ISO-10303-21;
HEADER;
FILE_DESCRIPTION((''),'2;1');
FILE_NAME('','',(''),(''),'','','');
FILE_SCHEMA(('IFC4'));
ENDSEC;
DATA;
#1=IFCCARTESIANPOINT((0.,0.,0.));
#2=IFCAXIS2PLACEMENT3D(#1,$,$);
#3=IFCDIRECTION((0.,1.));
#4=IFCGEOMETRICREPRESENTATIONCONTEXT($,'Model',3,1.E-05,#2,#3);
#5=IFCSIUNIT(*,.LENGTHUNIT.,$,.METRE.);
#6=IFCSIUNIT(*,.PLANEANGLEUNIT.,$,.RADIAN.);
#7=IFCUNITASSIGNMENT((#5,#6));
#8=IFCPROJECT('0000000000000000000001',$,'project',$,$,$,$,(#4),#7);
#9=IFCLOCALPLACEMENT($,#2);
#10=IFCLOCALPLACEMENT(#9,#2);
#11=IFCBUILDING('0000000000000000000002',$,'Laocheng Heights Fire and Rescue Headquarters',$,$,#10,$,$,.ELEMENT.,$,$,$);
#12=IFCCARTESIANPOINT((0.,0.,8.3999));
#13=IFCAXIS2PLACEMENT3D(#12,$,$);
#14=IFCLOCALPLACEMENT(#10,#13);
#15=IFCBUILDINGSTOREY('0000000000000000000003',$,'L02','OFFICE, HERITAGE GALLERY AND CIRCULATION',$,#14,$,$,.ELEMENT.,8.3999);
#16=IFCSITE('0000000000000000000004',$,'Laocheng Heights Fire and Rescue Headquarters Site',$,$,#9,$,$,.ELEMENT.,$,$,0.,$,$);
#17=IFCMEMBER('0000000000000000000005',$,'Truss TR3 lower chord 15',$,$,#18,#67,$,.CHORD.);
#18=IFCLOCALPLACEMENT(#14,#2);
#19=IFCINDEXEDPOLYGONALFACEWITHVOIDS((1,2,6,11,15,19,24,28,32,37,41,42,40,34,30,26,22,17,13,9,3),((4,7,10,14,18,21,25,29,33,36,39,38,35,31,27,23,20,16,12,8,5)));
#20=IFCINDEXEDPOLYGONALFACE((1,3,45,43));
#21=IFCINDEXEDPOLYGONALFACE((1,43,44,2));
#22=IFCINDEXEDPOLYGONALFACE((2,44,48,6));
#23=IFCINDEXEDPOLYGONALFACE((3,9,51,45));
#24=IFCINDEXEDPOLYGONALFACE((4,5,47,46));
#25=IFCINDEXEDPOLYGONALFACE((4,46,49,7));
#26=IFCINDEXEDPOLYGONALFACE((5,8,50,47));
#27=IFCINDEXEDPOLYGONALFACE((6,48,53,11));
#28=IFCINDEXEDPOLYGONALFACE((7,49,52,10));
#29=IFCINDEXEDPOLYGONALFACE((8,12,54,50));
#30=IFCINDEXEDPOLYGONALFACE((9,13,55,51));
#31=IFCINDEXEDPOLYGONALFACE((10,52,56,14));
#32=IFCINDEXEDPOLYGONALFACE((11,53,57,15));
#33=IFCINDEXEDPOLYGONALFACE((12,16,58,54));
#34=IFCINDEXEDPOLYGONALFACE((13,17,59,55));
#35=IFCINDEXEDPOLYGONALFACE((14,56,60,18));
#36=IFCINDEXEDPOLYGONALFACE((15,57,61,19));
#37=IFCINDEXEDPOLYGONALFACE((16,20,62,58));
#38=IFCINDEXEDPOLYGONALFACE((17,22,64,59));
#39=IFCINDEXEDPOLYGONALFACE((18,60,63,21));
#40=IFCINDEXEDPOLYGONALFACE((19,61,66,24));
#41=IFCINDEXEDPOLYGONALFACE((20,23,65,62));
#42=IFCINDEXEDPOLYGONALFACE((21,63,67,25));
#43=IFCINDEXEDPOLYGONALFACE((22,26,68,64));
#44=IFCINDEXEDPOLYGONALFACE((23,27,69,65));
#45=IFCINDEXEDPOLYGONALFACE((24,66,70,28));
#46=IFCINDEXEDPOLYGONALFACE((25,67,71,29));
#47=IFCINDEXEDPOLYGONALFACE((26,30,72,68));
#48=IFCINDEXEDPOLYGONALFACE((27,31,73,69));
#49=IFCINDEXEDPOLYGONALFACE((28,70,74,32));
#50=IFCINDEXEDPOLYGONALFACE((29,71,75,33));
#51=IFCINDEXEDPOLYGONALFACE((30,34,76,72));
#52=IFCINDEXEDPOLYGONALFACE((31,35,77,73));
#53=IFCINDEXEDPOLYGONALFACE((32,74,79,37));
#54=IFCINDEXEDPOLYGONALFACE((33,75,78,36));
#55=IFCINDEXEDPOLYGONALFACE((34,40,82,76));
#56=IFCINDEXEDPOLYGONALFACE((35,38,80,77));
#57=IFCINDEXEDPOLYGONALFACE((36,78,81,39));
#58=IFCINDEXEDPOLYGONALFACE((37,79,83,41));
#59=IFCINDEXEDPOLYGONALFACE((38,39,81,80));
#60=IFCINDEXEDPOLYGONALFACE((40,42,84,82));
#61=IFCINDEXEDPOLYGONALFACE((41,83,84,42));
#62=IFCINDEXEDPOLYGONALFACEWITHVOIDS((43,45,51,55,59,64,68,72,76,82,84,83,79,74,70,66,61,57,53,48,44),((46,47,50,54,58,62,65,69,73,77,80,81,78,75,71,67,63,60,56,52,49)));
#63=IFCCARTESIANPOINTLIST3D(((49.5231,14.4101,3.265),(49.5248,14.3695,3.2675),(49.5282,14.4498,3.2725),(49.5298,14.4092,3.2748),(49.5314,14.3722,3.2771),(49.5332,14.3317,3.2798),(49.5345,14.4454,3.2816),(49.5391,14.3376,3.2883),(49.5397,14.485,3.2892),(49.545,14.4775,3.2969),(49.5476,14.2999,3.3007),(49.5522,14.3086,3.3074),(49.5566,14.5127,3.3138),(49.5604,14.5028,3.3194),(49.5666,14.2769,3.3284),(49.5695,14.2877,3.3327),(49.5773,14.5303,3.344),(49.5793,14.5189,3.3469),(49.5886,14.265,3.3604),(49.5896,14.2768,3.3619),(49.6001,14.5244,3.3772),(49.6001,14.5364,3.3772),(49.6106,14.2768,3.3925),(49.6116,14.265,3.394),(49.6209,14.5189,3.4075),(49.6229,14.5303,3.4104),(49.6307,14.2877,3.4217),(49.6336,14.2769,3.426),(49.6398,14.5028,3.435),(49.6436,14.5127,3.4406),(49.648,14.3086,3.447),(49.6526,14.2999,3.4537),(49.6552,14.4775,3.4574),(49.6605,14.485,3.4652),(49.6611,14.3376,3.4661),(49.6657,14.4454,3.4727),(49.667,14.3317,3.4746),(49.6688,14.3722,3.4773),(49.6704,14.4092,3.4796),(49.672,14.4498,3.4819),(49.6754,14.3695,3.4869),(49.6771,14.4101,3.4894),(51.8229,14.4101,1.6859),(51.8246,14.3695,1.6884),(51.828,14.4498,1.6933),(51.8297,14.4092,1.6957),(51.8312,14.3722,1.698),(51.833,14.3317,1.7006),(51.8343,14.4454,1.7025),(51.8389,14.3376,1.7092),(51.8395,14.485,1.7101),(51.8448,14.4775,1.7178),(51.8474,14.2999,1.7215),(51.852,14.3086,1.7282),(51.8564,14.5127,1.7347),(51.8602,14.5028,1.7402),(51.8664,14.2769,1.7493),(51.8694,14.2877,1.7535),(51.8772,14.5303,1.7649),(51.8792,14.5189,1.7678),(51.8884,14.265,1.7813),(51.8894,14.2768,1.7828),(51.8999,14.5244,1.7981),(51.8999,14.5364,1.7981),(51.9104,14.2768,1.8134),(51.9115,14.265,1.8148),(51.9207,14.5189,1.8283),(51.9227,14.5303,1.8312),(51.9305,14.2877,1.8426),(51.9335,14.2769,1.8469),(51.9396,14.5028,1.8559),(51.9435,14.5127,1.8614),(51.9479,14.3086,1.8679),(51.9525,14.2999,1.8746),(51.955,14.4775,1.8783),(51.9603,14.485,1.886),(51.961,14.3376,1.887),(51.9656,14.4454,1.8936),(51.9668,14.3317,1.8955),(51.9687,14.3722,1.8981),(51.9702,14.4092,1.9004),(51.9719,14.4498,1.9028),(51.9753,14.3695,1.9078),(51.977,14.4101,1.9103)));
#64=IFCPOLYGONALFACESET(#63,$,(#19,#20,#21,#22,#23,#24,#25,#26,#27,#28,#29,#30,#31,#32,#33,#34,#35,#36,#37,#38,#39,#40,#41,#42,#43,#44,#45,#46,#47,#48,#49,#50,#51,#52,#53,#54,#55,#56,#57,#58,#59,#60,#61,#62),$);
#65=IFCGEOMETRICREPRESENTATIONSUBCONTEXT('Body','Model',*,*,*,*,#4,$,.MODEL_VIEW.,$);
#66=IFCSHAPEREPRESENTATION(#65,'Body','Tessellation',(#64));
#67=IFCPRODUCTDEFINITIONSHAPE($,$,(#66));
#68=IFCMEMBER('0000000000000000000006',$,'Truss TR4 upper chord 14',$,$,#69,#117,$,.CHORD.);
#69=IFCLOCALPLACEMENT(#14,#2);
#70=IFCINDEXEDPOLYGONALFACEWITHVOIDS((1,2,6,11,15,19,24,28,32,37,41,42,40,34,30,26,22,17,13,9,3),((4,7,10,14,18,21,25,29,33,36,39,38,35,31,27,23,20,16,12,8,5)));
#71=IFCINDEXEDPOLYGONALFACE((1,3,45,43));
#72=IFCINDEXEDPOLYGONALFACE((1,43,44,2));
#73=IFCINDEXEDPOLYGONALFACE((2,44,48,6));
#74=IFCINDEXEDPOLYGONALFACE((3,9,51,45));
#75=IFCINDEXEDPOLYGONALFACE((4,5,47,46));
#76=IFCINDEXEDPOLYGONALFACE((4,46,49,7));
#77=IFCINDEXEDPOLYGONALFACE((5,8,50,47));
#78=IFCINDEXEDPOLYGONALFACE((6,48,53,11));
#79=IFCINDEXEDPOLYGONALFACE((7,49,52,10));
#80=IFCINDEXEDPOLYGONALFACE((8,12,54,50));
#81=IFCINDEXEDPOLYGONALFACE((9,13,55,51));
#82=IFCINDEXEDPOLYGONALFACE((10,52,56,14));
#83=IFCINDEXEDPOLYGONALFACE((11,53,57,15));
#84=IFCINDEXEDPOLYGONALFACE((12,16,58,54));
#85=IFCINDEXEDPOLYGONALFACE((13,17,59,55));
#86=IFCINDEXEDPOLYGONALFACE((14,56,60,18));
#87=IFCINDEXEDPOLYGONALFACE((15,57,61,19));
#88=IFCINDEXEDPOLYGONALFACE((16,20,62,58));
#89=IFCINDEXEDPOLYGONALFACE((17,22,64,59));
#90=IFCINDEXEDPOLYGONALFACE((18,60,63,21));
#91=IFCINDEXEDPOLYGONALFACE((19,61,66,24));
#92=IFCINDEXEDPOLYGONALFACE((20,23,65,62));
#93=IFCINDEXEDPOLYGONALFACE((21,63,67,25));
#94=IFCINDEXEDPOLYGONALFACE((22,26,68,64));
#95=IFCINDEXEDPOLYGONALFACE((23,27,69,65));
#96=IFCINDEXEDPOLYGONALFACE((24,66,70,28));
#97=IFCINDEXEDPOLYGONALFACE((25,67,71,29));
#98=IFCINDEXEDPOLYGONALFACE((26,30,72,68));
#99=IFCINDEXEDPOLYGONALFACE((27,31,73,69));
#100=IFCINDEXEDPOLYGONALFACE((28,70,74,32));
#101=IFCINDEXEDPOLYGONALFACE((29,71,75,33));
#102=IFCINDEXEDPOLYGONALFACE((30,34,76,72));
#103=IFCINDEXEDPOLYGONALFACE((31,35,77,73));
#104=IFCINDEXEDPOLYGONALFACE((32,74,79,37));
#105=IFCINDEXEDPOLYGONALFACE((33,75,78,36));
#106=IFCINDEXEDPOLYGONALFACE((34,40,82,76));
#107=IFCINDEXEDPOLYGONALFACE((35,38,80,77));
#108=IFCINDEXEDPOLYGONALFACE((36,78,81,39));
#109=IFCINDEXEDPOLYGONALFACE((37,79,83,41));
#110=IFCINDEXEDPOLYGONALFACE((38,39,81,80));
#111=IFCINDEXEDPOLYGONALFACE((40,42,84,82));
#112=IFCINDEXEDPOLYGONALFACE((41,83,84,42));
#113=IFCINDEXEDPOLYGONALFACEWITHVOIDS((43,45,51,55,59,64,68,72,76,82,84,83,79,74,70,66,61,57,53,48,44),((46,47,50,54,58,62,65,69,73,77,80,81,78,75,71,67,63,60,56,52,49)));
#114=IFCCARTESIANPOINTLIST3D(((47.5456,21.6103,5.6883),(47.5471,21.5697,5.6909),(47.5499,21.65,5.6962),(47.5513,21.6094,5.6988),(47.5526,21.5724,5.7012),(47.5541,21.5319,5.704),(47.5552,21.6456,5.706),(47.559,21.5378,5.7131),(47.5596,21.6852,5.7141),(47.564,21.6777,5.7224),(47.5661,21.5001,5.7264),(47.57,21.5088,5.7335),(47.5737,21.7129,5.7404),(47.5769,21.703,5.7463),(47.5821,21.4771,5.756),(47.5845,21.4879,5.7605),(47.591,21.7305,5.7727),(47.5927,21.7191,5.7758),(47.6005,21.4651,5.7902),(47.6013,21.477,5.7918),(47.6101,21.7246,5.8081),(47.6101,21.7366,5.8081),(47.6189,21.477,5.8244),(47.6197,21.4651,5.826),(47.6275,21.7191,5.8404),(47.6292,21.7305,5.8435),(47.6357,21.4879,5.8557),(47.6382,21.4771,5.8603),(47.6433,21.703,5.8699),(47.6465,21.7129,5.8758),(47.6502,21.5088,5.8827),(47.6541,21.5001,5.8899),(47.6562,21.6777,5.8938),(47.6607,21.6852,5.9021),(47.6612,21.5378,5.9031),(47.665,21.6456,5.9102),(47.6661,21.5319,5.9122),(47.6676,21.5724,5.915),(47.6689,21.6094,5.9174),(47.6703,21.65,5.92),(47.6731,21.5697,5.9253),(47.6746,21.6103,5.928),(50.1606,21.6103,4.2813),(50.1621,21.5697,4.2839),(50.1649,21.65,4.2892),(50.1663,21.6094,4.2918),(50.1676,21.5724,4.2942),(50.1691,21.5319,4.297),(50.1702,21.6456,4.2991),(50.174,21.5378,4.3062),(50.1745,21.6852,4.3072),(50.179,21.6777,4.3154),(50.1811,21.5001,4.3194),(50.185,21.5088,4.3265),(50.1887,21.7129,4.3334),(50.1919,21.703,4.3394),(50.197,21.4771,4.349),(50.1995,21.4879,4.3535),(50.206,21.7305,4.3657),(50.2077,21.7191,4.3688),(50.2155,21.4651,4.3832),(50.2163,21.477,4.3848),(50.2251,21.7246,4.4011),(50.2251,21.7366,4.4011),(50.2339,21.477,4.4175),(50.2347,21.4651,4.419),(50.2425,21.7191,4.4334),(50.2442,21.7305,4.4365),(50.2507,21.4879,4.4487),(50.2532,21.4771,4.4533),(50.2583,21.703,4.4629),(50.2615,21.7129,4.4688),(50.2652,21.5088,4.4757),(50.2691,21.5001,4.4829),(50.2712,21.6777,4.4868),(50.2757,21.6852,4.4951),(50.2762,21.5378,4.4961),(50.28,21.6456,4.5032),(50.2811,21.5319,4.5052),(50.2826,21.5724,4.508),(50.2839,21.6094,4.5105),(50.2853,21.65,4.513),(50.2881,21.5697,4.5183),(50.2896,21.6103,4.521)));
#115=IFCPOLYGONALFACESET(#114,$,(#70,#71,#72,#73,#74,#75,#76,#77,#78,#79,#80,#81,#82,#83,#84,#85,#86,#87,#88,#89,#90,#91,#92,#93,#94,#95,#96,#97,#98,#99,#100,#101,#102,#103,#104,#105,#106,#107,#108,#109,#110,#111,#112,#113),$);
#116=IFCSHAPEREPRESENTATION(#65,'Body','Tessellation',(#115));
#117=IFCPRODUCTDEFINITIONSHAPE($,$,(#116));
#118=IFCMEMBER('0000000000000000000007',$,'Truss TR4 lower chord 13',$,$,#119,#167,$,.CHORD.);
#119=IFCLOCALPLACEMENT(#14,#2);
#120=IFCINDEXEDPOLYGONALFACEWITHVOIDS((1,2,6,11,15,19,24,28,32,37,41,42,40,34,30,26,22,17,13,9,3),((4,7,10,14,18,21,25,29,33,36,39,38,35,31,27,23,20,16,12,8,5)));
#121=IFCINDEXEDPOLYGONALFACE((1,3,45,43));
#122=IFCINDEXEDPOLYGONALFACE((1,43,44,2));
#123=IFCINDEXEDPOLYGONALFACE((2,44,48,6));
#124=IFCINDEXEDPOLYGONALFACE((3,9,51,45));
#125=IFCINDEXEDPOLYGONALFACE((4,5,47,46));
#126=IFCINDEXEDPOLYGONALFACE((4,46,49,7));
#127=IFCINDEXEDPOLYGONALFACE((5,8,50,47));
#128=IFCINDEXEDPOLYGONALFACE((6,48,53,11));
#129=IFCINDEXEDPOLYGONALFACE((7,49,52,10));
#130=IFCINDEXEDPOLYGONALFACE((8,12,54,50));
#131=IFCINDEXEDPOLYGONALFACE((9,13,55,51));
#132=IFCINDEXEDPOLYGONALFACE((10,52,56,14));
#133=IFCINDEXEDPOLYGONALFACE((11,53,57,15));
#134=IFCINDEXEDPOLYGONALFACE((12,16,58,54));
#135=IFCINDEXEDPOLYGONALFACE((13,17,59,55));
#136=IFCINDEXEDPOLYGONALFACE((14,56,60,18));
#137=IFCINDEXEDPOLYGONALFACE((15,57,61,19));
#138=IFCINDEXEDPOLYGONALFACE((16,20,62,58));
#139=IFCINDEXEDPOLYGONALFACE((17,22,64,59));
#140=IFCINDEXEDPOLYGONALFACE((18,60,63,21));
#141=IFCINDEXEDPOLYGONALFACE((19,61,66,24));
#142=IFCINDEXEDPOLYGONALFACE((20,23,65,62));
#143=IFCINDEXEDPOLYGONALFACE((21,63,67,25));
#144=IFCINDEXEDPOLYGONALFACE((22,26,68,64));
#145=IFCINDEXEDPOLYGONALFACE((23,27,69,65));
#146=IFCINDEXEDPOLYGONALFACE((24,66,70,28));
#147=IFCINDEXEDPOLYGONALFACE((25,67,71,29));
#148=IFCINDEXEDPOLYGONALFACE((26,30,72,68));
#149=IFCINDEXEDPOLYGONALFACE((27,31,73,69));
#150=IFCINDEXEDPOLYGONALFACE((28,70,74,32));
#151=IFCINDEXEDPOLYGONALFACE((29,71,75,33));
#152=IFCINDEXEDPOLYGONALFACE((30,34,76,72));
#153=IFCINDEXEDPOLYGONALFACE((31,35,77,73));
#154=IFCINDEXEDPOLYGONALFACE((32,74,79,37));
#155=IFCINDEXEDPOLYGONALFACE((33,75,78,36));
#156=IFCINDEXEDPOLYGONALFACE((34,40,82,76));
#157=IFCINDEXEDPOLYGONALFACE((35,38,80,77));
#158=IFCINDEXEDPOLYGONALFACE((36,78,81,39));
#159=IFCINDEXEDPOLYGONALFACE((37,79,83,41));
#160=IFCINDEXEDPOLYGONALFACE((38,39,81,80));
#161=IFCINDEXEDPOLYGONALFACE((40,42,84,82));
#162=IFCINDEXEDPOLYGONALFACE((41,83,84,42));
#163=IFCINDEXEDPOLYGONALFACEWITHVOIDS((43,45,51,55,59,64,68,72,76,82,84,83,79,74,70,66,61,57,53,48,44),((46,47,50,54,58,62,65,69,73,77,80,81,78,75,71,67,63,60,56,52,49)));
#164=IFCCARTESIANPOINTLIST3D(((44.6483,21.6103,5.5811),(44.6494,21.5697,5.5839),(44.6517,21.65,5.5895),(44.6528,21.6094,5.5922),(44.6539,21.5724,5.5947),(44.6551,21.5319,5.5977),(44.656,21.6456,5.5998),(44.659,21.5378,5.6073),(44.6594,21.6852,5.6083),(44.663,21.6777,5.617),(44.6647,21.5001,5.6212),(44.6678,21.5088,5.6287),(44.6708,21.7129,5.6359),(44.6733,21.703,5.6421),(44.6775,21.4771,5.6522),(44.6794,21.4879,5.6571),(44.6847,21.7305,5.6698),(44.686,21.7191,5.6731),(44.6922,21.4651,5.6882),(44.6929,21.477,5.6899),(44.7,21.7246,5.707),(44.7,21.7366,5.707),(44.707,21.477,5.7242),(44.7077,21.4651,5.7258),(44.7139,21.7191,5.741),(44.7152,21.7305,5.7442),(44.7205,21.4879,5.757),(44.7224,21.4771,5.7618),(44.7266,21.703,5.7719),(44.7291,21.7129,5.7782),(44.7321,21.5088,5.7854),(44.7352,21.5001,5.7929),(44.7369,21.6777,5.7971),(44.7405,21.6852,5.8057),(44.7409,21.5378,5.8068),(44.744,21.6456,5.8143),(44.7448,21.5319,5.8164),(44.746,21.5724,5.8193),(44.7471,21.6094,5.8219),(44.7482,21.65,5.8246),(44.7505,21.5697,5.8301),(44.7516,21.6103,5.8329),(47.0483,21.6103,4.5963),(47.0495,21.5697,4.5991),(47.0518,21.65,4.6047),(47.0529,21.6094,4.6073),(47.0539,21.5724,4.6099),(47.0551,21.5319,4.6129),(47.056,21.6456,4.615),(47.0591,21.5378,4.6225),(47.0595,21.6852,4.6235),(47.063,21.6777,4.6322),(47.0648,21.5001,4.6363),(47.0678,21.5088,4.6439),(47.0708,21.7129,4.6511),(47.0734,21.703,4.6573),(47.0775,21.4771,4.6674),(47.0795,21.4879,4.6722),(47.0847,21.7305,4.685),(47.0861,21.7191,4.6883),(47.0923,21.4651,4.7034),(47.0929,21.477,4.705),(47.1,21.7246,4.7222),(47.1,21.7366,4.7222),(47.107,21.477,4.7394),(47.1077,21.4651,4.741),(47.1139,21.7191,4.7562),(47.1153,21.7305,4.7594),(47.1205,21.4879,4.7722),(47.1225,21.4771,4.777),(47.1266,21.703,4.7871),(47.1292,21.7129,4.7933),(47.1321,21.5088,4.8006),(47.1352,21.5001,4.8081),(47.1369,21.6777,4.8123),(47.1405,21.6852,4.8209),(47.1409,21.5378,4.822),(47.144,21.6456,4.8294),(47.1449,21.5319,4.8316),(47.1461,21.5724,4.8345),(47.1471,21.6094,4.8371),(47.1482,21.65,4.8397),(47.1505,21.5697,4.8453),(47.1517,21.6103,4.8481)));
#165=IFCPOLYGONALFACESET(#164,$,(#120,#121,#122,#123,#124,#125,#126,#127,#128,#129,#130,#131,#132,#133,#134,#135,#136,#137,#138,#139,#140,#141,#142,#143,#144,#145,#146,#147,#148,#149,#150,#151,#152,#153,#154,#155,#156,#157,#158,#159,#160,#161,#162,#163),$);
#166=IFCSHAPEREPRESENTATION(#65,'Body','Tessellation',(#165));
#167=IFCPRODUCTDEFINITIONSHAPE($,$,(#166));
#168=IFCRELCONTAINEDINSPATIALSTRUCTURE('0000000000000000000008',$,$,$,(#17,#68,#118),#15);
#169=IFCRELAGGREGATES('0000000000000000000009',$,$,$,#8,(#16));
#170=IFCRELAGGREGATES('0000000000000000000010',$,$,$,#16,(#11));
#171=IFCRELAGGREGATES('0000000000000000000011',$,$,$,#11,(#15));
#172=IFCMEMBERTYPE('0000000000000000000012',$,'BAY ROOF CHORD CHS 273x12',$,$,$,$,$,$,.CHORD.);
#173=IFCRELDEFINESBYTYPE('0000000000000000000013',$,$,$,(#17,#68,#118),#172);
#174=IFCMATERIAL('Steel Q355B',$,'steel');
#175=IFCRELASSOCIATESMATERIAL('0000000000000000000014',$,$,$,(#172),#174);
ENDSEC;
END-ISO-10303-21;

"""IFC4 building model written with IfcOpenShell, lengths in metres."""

from ifc_helpers import new_model, si_unit, direction, frame, origin, origin_2d, place, context, subcontext, project, spatial, hollow_circle, extrude, material, material_profile, profile_set, type_object, element, save


model = new_model("IFC4")

# Units and contexts
model_context = context("Model", 3, precision=1e-05, world=origin(), true_north=direction((0.0, 1.0)))
body_context = subcontext(model_context, "Body", "Model", "MODEL_VIEW")
ifc_project = project(units=[si_unit("LENGTHUNIT", "METRE"), si_unit("PLANEANGLEUNIT", "RADIAN")], contexts=[model_context])

# Site, building, storey
site_placement = place(None, origin())
site = spatial("IfcSite", under=ifc_project, at=site_placement, Name="Laocheng Heights Fire and Rescue Headquarters Site", CompositionType="ELEMENT", RefElevation=0.0)
building_placement = place(site_placement, origin())
building = spatial("IfcBuilding", under=site, at=building_placement, Name="Laocheng Heights Fire and Rescue Headquarters", CompositionType="ELEMENT")
storey_placement = place(building_placement, frame((0.0, 0.0, 8.3999)))
storey = spatial("IfcBuildingStorey", under=building, at=storey_placement, Name="L02", Description="OFFICE, HERITAGE GALLERY AND CIRCULATION", CompositionType="ELEMENT", Elevation=8.3999)

# Members
ifc_material_1 = material(Name="Steel Q355B", Category="steel")
ifc_material_profile_1 = material_profile(ifc_material_1, hollow_circle(Radius=0.1365, WallThickness=0.012, at=origin_2d()), Name="CHS 273x12")
ifc_profile_set_1 = profile_set([ifc_material_profile_1], Name="Steel Q355B")
member_type_1 = type_object("IfcMemberType", Name="BAY ROOF CHORD CHS 273x12", PredefinedType="CHORD", material=ifc_profile_set_1)
member_1_placement = place(storey_placement, frame((49.6001, 14.3999, 3.3772), z_axis=(0.824379, 0.0, -0.566038), x_axis=(0.0, 1.0, 0.0)))
element("IfcMember", 1, at=member_1_placement, inside=storey, type_object=member_type_1, Name="Truss TR3 lower chord 15", PredefinedType="CHORD", context=body_context, shape_type="SweptSolid", body=[
    extrude(hollow_circle(Radius=0.1365, WallThickness=0.012, at=origin_2d()), origin(), (0.0, 0.0, 1.0), 2.7898),
])
member_2_placement = place(storey_placement, frame((47.6101, 21.6001, 5.8081), z_axis=(0.880624, 0.0, -0.473815), x_axis=(0.0, 1.0, 0.0)))
element("IfcMember", 2, at=member_2_placement, inside=storey, type_object=member_type_1, Name="Truss TR4 upper chord 14", PredefinedType="CHORD", context=body_context, shape_type="SweptSolid", body=[
    extrude(hollow_circle(Radius=0.1365, WallThickness=0.012, at=origin_2d()), origin(), (0.0, 0.0, 1.0), 2.9695),
])
member_3_placement = place(storey_placement, frame((44.7, 21.6001, 5.707), z_axis=(0.925143, 0.0, -0.379618), x_axis=(0.0, 1.0, 0.0)))
element("IfcMember", 3, at=member_3_placement, inside=storey, type_object=member_type_1, Name="Truss TR4 lower chord 13", PredefinedType="CHORD", context=body_context, shape_type="SweptSolid", body=[
    extrude(hollow_circle(Radius=0.1365, WallThickness=0.012, at=origin_2d()), origin(), (0.0, 0.0, 1.0), 2.5942),
])

save(model, "model.ifc")
